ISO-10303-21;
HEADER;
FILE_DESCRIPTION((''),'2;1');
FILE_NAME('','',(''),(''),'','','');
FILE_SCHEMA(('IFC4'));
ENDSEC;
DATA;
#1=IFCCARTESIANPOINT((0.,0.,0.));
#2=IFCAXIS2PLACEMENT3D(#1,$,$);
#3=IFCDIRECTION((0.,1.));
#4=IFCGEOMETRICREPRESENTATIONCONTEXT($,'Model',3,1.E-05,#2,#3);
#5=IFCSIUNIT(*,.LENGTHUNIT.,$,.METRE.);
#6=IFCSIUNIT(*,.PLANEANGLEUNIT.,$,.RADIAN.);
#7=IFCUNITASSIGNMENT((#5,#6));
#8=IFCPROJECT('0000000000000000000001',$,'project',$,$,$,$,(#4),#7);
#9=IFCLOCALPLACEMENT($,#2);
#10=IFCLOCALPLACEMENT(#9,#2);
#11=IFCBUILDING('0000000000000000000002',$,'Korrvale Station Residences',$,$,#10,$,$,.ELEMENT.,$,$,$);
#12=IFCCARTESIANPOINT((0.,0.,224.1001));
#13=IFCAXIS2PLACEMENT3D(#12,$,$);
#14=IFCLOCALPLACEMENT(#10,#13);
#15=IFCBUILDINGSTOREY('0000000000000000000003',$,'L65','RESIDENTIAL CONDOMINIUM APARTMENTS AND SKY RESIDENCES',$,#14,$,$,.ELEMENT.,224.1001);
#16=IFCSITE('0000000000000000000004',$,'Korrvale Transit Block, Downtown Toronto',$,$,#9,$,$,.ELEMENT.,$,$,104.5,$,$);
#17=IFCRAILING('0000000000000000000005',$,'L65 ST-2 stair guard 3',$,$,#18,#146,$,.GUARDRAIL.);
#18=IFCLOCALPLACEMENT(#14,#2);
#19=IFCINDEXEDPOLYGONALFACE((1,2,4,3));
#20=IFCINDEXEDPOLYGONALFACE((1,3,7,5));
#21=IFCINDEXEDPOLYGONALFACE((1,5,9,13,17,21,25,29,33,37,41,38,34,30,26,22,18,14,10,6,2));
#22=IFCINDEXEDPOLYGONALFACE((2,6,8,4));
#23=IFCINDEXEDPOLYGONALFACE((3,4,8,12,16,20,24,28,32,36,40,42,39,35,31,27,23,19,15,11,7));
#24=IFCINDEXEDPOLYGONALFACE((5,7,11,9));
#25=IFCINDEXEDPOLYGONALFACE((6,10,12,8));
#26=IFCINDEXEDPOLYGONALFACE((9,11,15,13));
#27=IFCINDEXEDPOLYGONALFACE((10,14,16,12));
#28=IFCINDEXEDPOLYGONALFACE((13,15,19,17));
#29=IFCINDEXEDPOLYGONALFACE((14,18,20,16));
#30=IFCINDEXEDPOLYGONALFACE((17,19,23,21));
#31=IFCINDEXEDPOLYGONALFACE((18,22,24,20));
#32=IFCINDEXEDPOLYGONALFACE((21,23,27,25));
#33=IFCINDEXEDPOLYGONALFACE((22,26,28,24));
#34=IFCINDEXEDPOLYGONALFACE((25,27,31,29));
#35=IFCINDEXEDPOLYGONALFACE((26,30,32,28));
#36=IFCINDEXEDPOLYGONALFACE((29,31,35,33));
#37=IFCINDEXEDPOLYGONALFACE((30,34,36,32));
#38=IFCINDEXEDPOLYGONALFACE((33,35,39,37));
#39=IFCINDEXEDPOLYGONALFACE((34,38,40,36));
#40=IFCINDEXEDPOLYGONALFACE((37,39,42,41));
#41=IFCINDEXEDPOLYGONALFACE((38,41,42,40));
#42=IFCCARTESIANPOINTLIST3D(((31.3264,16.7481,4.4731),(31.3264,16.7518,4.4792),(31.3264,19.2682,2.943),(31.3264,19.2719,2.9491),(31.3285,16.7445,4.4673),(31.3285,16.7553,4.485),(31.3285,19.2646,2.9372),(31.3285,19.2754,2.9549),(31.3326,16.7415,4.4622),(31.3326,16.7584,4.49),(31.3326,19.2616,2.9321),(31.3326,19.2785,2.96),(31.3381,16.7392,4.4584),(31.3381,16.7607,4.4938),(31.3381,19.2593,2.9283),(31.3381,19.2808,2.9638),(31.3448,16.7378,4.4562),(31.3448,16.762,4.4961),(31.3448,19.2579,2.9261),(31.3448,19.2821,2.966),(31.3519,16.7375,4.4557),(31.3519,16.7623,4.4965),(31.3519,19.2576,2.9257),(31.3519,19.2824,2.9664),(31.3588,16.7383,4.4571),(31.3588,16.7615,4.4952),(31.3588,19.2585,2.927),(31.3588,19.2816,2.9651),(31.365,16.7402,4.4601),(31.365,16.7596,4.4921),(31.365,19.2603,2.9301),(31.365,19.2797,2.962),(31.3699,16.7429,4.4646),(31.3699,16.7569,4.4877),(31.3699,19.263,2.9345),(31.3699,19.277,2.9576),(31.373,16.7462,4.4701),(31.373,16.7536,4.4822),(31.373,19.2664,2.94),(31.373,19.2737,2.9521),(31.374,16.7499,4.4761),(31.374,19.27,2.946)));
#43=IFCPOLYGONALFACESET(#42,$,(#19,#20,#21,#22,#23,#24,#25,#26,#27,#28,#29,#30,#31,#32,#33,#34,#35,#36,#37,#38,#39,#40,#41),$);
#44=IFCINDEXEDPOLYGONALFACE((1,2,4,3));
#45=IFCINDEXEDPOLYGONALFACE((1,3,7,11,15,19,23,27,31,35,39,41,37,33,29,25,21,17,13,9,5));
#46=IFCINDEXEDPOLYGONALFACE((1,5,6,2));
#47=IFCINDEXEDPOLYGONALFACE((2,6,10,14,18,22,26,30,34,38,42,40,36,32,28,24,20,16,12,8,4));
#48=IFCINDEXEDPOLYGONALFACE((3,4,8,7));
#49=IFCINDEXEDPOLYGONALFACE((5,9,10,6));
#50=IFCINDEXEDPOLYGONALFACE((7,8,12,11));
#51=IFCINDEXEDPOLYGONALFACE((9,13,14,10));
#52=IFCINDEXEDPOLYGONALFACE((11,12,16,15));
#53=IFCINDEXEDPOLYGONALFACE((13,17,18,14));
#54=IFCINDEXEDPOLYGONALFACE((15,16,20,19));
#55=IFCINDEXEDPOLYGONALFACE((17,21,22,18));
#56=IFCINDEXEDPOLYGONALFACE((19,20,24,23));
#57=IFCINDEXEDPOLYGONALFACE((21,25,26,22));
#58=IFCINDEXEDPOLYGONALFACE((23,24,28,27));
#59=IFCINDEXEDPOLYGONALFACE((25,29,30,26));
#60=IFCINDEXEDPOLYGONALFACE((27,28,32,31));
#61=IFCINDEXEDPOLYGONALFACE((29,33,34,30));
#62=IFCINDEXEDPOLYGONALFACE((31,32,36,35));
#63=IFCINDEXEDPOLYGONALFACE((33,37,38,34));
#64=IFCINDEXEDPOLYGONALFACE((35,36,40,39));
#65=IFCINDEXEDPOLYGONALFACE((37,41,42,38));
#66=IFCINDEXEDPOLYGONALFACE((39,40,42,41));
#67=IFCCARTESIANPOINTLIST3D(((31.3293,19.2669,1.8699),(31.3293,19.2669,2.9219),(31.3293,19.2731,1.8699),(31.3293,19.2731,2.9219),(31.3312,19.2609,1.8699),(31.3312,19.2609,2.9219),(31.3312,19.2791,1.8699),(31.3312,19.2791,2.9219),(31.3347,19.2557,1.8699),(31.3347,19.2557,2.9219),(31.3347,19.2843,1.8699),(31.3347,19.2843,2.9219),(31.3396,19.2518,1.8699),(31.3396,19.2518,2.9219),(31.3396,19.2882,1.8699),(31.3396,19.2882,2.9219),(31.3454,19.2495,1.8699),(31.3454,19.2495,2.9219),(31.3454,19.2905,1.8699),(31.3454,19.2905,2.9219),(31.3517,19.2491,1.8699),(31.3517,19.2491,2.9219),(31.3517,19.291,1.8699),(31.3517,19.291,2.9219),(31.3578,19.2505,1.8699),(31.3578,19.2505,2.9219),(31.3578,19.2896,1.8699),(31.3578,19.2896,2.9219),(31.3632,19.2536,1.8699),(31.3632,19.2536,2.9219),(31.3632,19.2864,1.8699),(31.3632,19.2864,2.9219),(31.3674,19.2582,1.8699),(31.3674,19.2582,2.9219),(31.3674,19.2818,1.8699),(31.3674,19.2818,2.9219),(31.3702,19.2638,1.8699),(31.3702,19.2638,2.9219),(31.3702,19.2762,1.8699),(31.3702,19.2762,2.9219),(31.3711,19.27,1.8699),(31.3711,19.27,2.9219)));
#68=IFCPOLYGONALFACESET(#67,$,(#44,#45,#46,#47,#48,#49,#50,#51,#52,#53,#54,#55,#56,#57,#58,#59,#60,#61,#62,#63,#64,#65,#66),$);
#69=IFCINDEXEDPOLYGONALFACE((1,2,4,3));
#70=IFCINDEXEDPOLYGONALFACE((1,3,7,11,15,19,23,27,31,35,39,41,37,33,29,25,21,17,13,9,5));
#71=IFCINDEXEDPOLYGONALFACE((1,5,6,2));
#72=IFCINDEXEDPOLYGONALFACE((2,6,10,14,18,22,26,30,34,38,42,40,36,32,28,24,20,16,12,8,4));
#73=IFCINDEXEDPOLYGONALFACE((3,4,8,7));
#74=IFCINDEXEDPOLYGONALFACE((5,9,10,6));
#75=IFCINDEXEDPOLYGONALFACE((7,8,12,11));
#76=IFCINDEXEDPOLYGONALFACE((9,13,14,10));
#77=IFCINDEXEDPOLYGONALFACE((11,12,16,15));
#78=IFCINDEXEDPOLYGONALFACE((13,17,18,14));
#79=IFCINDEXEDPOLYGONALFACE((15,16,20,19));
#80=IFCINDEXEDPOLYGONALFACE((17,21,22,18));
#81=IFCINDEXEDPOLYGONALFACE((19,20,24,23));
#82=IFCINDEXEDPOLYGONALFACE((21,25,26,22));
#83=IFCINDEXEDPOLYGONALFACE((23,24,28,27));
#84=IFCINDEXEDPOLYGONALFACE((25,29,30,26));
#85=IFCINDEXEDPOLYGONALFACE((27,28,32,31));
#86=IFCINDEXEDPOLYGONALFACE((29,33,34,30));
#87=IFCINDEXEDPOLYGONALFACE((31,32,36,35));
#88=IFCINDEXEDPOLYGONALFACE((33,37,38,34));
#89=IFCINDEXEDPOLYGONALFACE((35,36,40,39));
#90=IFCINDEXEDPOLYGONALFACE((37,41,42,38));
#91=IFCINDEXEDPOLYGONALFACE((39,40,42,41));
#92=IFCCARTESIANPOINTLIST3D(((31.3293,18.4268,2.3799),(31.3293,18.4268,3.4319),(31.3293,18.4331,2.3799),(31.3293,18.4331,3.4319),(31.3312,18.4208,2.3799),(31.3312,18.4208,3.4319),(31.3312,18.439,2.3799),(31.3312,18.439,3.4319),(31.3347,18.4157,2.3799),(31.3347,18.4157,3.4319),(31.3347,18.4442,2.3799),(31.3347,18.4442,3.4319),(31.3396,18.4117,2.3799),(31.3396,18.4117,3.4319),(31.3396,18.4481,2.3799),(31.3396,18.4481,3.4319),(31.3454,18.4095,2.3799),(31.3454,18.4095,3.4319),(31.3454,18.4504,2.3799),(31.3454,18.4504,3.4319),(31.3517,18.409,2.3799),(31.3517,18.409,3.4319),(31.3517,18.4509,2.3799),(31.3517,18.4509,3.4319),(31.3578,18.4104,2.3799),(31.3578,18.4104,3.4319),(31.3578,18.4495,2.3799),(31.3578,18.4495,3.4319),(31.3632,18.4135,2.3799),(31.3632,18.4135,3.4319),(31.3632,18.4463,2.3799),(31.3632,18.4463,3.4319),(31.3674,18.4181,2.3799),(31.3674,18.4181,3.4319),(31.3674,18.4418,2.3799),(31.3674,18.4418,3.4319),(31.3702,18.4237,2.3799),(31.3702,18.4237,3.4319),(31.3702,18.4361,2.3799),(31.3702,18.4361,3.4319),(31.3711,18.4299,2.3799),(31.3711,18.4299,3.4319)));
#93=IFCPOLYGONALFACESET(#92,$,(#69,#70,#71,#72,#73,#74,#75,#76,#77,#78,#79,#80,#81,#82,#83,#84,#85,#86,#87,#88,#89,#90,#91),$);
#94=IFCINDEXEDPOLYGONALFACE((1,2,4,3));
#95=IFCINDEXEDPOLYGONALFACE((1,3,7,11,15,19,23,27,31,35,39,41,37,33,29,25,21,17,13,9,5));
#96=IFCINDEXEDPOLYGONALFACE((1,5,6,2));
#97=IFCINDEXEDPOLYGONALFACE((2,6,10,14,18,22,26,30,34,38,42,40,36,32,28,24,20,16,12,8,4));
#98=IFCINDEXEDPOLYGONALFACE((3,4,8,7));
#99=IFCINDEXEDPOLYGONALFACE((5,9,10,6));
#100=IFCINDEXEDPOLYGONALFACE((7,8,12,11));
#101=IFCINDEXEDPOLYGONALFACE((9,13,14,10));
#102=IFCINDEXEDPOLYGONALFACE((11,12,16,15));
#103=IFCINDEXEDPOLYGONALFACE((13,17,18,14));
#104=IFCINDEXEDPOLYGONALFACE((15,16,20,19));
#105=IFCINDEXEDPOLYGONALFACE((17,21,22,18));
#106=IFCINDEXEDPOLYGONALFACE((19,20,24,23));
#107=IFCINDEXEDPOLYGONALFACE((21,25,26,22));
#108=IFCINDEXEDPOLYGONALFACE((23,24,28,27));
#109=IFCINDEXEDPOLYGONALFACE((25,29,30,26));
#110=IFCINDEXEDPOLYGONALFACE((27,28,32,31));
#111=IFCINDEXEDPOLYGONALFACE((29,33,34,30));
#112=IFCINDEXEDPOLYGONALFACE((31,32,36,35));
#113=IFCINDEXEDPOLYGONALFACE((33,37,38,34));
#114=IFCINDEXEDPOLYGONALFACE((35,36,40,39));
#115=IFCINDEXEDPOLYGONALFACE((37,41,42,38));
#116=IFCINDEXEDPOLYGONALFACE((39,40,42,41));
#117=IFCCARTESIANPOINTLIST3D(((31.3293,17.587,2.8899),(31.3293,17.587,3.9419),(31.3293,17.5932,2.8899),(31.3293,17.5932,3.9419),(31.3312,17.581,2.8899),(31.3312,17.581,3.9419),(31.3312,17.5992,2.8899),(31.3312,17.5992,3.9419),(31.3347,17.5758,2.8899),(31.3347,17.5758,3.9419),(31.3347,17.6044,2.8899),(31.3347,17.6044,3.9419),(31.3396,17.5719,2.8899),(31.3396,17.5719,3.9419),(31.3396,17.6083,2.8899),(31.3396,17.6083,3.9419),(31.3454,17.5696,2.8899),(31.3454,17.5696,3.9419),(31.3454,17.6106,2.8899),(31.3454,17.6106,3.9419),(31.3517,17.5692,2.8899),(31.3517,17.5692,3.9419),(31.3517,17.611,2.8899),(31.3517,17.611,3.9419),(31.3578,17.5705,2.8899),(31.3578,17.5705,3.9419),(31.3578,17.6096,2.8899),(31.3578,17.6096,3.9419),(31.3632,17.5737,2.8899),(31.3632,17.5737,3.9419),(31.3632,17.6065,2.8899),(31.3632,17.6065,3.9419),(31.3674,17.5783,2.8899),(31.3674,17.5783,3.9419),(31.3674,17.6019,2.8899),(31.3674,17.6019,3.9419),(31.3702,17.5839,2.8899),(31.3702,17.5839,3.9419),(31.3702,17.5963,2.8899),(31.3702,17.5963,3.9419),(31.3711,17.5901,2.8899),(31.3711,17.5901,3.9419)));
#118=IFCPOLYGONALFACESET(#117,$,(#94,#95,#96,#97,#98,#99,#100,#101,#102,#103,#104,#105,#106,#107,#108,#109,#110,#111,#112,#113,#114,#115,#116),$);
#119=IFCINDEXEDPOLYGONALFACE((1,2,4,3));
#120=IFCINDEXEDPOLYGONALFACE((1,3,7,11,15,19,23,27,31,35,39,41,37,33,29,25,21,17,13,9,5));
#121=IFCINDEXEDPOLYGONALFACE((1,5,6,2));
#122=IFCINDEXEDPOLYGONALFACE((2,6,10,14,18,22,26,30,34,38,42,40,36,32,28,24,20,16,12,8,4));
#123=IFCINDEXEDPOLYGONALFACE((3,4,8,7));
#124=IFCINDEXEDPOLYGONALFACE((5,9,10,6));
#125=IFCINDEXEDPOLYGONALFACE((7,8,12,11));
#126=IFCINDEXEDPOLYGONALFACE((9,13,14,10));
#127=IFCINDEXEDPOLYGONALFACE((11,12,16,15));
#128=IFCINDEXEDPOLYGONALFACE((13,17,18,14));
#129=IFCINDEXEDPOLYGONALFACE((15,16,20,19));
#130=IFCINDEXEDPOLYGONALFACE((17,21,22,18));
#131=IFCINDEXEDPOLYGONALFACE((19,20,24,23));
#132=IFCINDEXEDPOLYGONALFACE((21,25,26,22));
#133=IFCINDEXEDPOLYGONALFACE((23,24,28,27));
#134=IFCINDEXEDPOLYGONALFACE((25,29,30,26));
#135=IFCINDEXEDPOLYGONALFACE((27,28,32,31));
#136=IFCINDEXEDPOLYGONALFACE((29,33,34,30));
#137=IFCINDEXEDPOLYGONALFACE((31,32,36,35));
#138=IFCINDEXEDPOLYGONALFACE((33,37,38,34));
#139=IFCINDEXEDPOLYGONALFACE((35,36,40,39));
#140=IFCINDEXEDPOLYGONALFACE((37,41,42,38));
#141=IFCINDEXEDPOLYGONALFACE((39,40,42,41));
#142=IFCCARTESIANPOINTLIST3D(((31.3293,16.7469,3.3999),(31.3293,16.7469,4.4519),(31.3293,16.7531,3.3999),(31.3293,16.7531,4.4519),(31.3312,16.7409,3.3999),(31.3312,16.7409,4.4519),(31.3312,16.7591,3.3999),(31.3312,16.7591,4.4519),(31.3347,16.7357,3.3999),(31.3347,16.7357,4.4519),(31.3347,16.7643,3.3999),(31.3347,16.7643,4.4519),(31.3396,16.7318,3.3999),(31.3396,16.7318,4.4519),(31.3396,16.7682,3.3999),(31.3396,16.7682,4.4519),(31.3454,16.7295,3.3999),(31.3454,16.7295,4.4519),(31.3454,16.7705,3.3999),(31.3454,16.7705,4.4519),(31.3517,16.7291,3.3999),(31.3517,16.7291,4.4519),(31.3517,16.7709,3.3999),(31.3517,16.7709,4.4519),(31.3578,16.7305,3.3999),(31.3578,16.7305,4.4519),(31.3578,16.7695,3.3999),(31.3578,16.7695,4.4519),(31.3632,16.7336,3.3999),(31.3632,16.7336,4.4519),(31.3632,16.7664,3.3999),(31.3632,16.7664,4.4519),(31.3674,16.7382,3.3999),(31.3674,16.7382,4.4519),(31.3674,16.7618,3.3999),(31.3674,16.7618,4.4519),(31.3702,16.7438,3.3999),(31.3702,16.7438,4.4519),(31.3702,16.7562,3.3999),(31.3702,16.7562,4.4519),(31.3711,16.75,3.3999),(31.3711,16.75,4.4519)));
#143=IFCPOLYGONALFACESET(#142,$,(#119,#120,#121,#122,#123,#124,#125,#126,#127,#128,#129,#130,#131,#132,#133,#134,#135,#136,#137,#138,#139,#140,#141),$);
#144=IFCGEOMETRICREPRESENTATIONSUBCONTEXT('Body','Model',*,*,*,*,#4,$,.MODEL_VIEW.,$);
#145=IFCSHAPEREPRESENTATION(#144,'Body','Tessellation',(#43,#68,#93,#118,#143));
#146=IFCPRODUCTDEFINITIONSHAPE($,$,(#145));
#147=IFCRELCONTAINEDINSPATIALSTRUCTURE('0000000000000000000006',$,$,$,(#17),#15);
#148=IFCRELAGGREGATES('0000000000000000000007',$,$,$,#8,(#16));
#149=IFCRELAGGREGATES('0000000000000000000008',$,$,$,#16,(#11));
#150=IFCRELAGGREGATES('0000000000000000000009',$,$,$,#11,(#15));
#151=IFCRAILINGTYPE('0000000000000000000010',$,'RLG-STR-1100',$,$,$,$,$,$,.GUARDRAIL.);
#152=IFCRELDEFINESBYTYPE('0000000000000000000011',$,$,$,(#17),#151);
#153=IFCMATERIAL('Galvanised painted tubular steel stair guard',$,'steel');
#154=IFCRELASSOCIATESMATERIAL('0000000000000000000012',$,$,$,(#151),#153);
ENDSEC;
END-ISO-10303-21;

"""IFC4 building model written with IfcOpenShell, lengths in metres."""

from ifc_helpers import new_model, si_unit, direction, frame, origin, origin_2d, place, context, subcontext, project, spatial, circle, extrude, material, type_object, element, save


model = new_model("IFC4")

# Units and contexts
model_context = context("Model", 3, precision=1e-05, world=origin(), true_north=direction((0.0, 1.0)))
body_context = subcontext(model_context, "Body", "Model", "MODEL_VIEW")
ifc_project = project(units=[si_unit("LENGTHUNIT", "METRE"), si_unit("PLANEANGLEUNIT", "RADIAN")], contexts=[model_context])

# Site, building, storey
site_placement = place(None, origin())
site = spatial("IfcSite", under=ifc_project, at=site_placement, Name="Korrvale Transit Block, Downtown Toronto", CompositionType="ELEMENT", RefElevation=104.5)
building_placement = place(site_placement, origin())
building = spatial("IfcBuilding", under=site, at=building_placement, Name="Korrvale Station Residences", CompositionType="ELEMENT")
storey_placement = place(building_placement, frame((0.0, 0.0, 224.1001)))
storey = spatial("IfcBuildingStorey", under=building, at=storey_placement, Name="L65", Description="RESIDENTIAL CONDOMINIUM APARTMENTS AND SKY RESIDENCES", CompositionType="ELEMENT", Elevation=224.1001)

# Railing
ifc_material_1 = material(Name="Galvanised painted tubular steel stair guard", Category="steel")
railing_type_1 = type_object("IfcRailingType", Name="RLG-STR-1100", PredefinedType="GUARDRAIL", material=ifc_material_1)
railing_1_placement = place(storey_placement, frame((31.3501, 19.27, 1.8699)))
element("IfcRailing", 1, at=railing_1_placement, inside=storey, type_object=railing_type_1, Name="L65 ST-2 stair guard 3", PredefinedType="GUARDRAIL", context=body_context, shape_type="SweptSolid", body=[
    extrude(circle(Radius=0.0239, at=origin_2d()), frame((0.0, 0.0, 1.0762), z_axis=(0.0, -0.854785, 0.518982), x_axis=(1.0, 0.0, 0.0)), (0.0, 0.0, 1.0), 2.9482),
    extrude(circle(Radius=0.021, at=origin_2d()), origin(), (0.0, 0.0, 1.0), 1.052),
    extrude(circle(Radius=0.021, at=origin_2d()), frame((0.0, -0.8401, 0.51)), (0.0, 0.0, 1.0), 1.052),
    extrude(circle(Radius=0.021, at=origin_2d()), frame((0.0, -1.6799, 1.02)), (0.0, 0.0, 1.0), 1.052),
    extrude(circle(Radius=0.021, at=origin_2d()), frame((0.0, -2.52, 1.53)), (0.0, 0.0, 1.0), 1.052),
])

save(model, "model.ifc")
